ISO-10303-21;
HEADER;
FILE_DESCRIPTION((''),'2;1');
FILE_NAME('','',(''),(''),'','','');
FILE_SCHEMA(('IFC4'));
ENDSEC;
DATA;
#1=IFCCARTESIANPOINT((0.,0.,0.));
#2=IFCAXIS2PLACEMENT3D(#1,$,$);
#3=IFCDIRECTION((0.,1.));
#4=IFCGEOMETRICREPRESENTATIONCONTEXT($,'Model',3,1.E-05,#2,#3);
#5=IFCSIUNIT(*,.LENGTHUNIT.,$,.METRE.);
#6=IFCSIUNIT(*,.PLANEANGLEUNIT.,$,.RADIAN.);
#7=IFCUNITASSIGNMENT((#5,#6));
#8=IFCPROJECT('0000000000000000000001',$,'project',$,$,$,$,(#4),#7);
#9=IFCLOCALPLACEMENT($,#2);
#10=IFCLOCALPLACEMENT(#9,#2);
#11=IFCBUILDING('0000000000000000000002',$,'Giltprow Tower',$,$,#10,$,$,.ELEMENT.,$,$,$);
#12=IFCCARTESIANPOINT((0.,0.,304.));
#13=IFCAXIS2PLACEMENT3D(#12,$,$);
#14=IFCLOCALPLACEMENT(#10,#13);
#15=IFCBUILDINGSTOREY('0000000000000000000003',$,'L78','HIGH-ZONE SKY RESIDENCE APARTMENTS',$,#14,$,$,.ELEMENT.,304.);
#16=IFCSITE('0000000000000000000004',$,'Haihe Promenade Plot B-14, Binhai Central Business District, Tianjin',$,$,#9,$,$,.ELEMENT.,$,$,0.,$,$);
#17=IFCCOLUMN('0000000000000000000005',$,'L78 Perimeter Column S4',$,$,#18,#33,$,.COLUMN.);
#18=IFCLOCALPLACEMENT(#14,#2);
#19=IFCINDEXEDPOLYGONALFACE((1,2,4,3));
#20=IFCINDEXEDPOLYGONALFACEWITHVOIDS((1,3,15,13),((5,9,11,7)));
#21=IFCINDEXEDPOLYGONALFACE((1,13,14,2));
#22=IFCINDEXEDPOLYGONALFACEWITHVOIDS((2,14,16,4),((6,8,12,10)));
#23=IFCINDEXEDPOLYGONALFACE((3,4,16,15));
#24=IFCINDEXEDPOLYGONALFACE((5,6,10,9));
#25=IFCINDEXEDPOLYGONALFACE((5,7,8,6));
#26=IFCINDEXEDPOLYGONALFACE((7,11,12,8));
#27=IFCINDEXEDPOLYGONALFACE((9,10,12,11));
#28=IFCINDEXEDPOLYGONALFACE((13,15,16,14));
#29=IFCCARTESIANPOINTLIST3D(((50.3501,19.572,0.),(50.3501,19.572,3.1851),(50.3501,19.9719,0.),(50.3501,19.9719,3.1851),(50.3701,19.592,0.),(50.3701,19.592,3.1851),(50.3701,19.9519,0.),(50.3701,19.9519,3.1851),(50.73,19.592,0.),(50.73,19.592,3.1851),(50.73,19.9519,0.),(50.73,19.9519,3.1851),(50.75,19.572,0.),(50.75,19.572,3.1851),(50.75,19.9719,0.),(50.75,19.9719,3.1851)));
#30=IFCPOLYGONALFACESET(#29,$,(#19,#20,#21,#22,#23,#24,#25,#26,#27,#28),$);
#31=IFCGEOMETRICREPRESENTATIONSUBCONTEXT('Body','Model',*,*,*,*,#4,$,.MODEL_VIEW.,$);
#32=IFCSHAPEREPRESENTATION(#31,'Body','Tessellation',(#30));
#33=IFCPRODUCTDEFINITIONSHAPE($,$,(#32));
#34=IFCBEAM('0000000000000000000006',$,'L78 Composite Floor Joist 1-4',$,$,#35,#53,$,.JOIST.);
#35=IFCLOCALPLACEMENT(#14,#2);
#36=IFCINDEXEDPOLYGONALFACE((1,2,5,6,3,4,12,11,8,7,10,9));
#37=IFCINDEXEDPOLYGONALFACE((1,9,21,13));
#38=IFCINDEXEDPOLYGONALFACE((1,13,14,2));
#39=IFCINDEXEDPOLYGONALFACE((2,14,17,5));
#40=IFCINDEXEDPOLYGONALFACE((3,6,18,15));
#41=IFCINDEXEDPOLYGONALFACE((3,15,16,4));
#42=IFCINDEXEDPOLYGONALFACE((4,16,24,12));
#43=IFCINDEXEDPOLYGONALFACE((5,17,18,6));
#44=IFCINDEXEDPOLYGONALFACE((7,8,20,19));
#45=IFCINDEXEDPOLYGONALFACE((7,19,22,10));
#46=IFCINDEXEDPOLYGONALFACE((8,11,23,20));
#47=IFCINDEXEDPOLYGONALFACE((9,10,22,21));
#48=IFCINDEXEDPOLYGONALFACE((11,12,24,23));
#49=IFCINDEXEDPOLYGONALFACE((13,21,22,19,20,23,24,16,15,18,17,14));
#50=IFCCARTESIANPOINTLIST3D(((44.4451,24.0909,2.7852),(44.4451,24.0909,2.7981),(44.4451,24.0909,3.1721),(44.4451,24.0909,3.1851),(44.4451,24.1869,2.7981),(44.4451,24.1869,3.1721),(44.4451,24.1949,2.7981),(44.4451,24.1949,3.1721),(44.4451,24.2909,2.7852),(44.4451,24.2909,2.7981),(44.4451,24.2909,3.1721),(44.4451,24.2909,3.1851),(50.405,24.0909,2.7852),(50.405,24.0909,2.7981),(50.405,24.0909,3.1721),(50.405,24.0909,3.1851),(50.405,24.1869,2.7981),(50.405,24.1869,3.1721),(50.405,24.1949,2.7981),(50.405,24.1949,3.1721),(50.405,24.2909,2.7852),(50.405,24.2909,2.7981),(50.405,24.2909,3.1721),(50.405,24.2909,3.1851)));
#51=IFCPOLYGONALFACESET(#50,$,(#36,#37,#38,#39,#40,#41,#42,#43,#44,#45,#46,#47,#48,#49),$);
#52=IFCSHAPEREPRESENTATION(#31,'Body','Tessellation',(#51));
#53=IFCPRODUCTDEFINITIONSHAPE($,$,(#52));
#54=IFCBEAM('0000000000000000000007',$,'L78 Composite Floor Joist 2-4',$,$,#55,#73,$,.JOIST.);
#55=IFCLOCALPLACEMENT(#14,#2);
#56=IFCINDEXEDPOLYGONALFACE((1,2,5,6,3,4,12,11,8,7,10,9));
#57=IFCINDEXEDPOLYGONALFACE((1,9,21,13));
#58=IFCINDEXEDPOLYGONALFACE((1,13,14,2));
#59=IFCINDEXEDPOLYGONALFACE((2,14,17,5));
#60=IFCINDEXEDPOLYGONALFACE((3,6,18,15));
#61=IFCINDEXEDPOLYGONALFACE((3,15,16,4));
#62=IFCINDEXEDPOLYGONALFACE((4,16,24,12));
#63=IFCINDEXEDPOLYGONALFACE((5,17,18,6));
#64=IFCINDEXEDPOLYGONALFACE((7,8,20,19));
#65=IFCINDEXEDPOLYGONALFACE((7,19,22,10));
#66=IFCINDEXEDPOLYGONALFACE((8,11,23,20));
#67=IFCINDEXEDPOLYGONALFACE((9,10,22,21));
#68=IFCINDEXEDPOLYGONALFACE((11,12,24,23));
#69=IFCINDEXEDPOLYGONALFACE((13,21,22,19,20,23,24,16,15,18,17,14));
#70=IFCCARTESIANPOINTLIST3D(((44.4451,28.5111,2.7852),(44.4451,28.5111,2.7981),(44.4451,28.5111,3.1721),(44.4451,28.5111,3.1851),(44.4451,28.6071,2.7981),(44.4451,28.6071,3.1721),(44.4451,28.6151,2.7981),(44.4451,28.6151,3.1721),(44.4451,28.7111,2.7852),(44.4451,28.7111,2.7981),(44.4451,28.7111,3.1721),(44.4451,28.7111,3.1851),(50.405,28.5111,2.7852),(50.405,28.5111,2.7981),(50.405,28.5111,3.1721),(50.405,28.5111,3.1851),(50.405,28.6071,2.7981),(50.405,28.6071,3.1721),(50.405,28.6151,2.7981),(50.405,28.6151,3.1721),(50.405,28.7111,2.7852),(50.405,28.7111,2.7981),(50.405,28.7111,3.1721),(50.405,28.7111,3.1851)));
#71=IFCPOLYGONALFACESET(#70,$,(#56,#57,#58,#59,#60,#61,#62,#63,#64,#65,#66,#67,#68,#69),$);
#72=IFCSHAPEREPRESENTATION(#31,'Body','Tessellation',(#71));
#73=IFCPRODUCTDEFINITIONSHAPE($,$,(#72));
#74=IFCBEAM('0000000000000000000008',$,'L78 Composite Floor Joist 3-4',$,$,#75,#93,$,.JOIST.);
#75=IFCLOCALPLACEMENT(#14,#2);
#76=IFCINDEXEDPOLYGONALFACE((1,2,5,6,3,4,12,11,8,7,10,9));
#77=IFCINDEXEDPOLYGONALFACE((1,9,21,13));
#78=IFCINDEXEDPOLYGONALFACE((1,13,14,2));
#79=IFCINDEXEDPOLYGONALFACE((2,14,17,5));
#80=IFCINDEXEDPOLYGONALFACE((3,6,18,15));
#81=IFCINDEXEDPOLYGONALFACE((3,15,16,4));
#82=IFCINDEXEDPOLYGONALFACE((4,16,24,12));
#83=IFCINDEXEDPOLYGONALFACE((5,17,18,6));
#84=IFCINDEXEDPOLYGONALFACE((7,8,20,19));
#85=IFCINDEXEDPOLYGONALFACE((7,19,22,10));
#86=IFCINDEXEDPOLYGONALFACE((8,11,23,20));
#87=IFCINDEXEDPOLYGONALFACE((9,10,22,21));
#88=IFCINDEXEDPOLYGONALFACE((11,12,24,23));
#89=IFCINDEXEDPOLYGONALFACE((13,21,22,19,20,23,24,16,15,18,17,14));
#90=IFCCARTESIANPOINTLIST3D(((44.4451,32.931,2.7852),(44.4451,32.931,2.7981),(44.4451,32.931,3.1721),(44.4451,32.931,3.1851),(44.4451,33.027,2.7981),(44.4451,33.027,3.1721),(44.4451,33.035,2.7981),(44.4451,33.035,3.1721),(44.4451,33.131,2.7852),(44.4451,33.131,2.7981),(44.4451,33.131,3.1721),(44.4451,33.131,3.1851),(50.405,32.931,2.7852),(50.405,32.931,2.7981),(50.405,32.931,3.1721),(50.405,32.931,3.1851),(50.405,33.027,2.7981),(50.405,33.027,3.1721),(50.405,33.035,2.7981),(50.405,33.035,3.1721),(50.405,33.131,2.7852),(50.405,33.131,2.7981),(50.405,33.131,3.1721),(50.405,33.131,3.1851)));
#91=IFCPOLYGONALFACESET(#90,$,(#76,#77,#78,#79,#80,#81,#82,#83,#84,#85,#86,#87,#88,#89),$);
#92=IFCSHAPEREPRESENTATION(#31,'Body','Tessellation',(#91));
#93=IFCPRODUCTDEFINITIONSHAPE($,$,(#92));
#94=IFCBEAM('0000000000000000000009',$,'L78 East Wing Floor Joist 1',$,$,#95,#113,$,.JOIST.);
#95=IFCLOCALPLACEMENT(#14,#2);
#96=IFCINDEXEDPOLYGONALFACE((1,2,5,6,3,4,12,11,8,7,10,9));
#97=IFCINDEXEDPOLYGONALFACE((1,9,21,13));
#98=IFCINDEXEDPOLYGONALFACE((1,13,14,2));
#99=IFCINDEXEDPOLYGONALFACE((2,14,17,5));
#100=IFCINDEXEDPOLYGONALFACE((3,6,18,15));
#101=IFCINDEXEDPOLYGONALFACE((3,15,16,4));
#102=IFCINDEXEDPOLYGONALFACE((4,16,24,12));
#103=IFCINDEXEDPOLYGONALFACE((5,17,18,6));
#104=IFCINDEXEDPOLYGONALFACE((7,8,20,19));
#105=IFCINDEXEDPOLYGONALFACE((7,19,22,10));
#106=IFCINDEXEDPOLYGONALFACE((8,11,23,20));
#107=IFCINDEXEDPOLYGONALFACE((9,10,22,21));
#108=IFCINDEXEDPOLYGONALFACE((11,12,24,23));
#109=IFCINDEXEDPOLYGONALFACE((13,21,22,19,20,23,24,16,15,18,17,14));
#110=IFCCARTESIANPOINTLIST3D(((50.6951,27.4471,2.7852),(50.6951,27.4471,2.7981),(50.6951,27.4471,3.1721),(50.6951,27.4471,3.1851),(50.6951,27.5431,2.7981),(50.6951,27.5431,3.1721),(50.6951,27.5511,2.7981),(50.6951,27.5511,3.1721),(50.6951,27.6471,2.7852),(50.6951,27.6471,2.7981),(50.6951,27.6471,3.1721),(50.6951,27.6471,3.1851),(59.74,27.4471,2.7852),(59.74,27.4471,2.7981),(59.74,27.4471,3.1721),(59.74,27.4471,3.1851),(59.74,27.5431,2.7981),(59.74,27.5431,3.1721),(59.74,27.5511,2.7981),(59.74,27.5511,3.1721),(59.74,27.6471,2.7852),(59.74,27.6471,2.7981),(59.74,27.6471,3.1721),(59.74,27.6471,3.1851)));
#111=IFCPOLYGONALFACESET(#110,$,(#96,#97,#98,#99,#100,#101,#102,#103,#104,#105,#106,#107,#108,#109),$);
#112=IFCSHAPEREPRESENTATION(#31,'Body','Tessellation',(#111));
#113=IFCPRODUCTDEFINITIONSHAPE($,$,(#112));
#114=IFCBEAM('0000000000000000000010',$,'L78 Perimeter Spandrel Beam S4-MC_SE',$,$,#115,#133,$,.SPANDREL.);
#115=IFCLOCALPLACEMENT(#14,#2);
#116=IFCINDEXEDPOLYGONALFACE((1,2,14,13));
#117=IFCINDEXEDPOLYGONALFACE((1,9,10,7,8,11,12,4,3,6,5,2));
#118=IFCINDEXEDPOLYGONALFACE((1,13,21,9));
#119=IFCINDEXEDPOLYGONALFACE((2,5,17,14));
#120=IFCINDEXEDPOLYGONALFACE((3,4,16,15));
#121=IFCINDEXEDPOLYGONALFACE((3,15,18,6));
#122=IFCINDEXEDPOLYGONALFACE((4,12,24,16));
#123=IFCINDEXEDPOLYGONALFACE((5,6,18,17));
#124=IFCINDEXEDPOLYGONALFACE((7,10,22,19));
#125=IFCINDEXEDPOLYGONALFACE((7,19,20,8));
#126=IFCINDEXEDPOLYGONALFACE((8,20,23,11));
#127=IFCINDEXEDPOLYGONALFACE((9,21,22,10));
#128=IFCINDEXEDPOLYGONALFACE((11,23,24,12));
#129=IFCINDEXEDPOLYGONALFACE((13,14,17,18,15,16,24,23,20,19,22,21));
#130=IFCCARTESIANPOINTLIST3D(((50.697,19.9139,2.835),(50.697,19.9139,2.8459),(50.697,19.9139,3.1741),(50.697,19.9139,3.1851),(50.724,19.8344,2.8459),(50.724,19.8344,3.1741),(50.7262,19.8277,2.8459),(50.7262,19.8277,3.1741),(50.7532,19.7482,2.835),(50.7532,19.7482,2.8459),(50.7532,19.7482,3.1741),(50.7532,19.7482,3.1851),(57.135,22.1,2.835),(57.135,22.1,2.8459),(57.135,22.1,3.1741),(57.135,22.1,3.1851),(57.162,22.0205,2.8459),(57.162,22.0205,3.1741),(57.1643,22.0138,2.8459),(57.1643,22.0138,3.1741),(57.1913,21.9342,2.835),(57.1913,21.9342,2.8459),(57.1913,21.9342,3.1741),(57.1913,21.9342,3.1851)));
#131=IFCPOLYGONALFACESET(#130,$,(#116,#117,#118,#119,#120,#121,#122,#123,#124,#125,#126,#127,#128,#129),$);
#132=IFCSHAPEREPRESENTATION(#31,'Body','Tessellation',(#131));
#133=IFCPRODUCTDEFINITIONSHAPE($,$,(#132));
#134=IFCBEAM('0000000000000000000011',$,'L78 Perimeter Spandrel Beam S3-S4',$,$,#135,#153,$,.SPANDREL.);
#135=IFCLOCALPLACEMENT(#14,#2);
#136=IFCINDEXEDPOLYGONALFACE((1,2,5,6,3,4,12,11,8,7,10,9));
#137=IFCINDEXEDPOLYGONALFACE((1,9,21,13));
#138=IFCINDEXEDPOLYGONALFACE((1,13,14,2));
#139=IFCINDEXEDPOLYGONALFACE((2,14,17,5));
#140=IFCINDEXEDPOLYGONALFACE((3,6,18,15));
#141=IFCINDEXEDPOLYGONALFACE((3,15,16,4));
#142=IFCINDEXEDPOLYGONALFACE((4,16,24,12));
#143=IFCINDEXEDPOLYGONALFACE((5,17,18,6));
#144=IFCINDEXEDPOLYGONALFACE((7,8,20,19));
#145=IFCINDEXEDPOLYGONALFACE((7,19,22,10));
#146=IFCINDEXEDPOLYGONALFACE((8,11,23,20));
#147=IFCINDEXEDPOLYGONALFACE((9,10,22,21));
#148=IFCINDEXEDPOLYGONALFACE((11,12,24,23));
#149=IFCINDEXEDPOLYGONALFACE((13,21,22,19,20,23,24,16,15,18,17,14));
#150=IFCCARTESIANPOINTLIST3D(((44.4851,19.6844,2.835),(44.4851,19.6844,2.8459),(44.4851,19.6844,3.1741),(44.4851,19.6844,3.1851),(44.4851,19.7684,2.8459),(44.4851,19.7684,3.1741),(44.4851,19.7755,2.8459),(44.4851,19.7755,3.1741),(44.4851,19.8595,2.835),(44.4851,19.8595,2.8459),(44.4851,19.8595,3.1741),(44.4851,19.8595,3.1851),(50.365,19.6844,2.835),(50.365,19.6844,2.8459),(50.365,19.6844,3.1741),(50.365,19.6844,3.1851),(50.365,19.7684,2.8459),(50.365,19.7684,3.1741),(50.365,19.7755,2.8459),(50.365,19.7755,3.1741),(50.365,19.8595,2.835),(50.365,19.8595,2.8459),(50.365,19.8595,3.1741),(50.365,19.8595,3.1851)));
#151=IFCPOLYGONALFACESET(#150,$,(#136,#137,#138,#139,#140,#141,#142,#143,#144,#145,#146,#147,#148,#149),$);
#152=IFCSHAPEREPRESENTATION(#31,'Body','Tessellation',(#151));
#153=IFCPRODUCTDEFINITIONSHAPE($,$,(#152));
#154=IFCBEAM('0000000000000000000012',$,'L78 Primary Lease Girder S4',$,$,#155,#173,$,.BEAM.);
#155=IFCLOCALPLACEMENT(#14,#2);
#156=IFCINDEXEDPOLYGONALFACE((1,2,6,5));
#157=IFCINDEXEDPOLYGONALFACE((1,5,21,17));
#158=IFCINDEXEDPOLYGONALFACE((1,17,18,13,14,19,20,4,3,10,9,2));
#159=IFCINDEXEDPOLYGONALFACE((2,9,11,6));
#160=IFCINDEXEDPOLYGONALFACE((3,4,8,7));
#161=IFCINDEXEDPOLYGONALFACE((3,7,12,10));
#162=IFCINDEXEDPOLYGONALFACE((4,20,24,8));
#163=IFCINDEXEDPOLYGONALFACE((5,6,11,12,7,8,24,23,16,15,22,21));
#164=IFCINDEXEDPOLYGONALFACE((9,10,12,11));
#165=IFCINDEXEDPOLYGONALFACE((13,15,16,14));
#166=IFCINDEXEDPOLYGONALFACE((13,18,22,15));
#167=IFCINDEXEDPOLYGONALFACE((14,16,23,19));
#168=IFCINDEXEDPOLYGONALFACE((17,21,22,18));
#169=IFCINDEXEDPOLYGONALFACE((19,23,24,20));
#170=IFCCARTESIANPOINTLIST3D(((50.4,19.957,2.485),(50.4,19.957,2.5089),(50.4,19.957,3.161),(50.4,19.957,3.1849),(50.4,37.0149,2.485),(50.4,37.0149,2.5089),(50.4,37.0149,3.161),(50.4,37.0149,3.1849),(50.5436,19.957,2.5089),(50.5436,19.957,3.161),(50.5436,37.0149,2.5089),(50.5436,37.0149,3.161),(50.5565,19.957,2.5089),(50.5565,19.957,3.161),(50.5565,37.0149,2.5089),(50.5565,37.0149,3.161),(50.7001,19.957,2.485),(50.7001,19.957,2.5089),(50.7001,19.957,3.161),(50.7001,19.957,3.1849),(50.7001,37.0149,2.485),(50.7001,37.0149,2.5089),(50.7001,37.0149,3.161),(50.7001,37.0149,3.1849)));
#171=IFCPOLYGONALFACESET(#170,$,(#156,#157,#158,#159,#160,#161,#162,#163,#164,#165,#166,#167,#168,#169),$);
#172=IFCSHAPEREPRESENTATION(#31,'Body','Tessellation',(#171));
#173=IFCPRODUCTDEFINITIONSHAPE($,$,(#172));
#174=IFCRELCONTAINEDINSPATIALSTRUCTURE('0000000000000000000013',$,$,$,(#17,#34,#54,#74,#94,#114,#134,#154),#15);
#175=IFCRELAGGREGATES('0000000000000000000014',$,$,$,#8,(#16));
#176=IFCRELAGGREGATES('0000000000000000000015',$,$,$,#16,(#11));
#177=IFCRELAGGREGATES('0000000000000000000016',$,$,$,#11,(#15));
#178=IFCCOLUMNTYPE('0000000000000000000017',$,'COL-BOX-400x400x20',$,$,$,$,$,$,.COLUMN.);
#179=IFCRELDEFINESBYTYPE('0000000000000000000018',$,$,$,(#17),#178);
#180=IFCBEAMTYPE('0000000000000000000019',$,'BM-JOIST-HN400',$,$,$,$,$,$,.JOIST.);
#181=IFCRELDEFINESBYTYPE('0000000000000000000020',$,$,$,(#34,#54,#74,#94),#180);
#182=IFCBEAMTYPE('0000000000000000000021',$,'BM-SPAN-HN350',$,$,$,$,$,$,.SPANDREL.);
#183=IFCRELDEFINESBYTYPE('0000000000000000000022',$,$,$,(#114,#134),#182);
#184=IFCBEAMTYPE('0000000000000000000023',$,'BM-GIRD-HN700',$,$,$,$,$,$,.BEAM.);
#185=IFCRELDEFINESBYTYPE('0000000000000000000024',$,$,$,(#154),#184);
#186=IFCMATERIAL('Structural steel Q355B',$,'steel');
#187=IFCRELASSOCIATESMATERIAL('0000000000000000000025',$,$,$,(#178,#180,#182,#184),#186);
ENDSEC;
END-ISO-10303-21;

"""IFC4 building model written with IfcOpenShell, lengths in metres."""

from ifc_helpers import new_model, si_unit, direction, frame, origin, origin_2d, place, context, subcontext, project, spatial, hollow_rectangle, i_section, extrude, source, transform, mapped, material, material_profile, profile_set, type_object, element, save


model = new_model("IFC4")

# Units and contexts
model_context = context("Model", 3, precision=1e-05, world=origin(), true_north=direction((0.0, 1.0)))
body_context = subcontext(model_context, "Body", "Model", "MODEL_VIEW")
ifc_project = project(units=[si_unit("LENGTHUNIT", "METRE"), si_unit("PLANEANGLEUNIT", "RADIAN")], contexts=[model_context])

# Site, building, storey
site_placement = place(None, origin())
site = spatial("IfcSite", under=ifc_project, at=site_placement, Name="Haihe Promenade Plot B-14, Binhai Central Business District, Tianjin", CompositionType="ELEMENT", RefElevation=0.0)
building_placement = place(site_placement, origin())
building = spatial("IfcBuilding", under=site, at=building_placement, Name="Giltprow Tower", CompositionType="ELEMENT")
storey_placement = place(building_placement, frame((0.0, 0.0, 304.0)))
storey = spatial("IfcBuildingStorey", under=building, at=storey_placement, Name="L78", Description="HIGH-ZONE SKY RESIDENCE APARTMENTS", CompositionType="ELEMENT", Elevation=304.0)

# Column
ifc_material_1 = material(Name="Structural steel Q355B", Category="steel")
ifc_material_profile_1 = material_profile(ifc_material_1, hollow_rectangle(XDim=0.3999, YDim=0.3999, WallThickness=0.02, at=origin_2d()), Name="BOX 400x400x20")
ifc_profile_set_1 = profile_set([ifc_material_profile_1], Name="Structural steel Q355B")
column_type = type_object("IfcColumnType", Name="COL-BOX-400x400x20", PredefinedType="COLUMN", material=ifc_profile_set_1)
shared_shape_1 = source(origin(), body_context, "Body", "SweptSolid", [
    extrude(hollow_rectangle(XDim=0.3999, YDim=0.3999, WallThickness=0.02, at=origin_2d()), origin(), (0.0, 0.0, 1.0), 3.1851),
])
column_placement = place(storey_placement, frame((50.55, 19.772, 0.0), z_axis=(0.0, 0.0, 1.0), x_axis=(1.0, 0.0, 0.0)))
element("IfcColumn", 1, at=column_placement, inside=storey, type_object=column_type, Name="L78 Perimeter Column S4", PredefinedType="COLUMN", context=body_context, shape_type="MappedRepresentation", body=[
    mapped(shared_shape_1, transform((0.0, 0.0, 0.0), x_axis=(1.0, 0.0, 0.0), y_axis=(0.0, 1.0, 0.0), z_axis=(0.0, 0.0, 1.0), scale=1.0)),
])

# Beams
ifc_material_profile_2 = material_profile(ifc_material_1, i_section(OverallWidth=0.2, OverallDepth=0.3999, WebThickness=0.0081, FlangeThickness=0.0129, at=origin_2d()), Name="HN 400x200x8x13")
ifc_profile_set_2 = profile_set([ifc_material_profile_2], Name="Structural steel Q355B")
beam_type_1 = type_object("IfcBeamType", Name="BM-JOIST-HN400", PredefinedType="JOIST", material=ifc_profile_set_2)
shared_shape_2 = source(origin(), body_context, "Body", "SweptSolid", [
    extrude(i_section(OverallWidth=0.2, OverallDepth=0.3999, WebThickness=0.0081, FlangeThickness=0.0129, at=origin_2d()), origin(), (0.0, 0.0, 1.0), 5.96),
])
for number, where, z_axis, x_axis, name in (
    (2, (44.4451, 24.1909, 2.9851), (1.0, 0.0, 0.0), (0.0, 1.0, 0.0), "L78 Composite Floor Joist 1-4"),
    (3, (44.4451, 28.6111, 2.9851), (1.0, 0.0, 0.0), (0.0, 1.0, 0.0), "L78 Composite Floor Joist 2-4"),
    (4, (44.4451, 33.031, 2.9851), (1.0, 0.0, 0.0), (0.0, 1.0, 0.0), "L78 Composite Floor Joist 3-4"),
):
    element("IfcBeam", number, at=place(storey_placement, frame(where, z_axis=z_axis, x_axis=x_axis)), inside=storey, type_object=beam_type_1, Name=name, PredefinedType="JOIST", context=body_context, shape_type="MappedRepresentation", body=[
        mapped(shared_shape_2, transform((0.0, 0.0, 0.0), x_axis=(1.0, 0.0, 0.0), y_axis=(0.0, 1.0, 0.0), z_axis=(0.0, 0.0, 1.0), scale=1.0)),
    ])
shared_shape_3 = source(origin(), body_context, "Body", "SweptSolid", [
    extrude(i_section(OverallWidth=0.2, OverallDepth=0.3999, WebThickness=0.0081, FlangeThickness=0.0129, at=origin_2d()), origin(), (0.0, 0.0, 1.0), 9.0449),
])
beam_1_placement = place(storey_placement, frame((50.6951, 27.5471, 2.9851), z_axis=(1.0, 0.0, 0.0), x_axis=(0.0, 1.0, 0.0)))
element("IfcBeam", 5, at=beam_1_placement, inside=storey, type_object=beam_type_1, Name="L78 East Wing Floor Joist 1", PredefinedType="JOIST", context=body_context, shape_type="MappedRepresentation", body=[
    mapped(shared_shape_3, transform((0.0, 0.0, 0.0), x_axis=(1.0, 0.0, 0.0), y_axis=(0.0, 1.0, 0.0), z_axis=(0.0, 0.0, 1.0), scale=1.0)),
])
ifc_material_profile_3 = material_profile(ifc_material_1, i_section(OverallWidth=0.175, OverallDepth=0.3501, WebThickness=0.0071, FlangeThickness=0.011, at=origin_2d()), Name="HN 350x175x7x11")
ifc_profile_set_3 = profile_set([ifc_material_profile_3], Name="Structural steel Q355B")
beam_type_2 = type_object("IfcBeamType", Name="BM-SPAN-HN350", PredefinedType="SPANDREL", material=ifc_profile_set_3)
shared_shape_4 = source(origin(), body_context, "Body", "SweptSolid", [
    extrude(i_section(OverallWidth=0.175, OverallDepth=0.3501, WebThickness=0.0071, FlangeThickness=0.011, at=origin_2d()), origin(), (0.0, 0.0, 1.0), 6.7991),
])
beam_2_placement = place(storey_placement, frame((50.7251, 19.8311, 3.01), z_axis=(0.946902, 0.321523, 0.0), x_axis=(-0.321523, 0.946902, 0.0)))
element("IfcBeam", 6, at=beam_2_placement, inside=storey, type_object=beam_type_2, Name="L78 Perimeter Spandrel Beam S4-MC_SE", PredefinedType="SPANDREL", context=body_context, shape_type="MappedRepresentation", body=[
    mapped(shared_shape_4, transform((0.0, 0.0, 0.0), x_axis=(1.0, 0.0, 0.0), y_axis=(0.0, 1.0, 0.0), z_axis=(0.0, 0.0, 1.0), scale=1.0)),
])
shared_shape_5 = source(origin(), body_context, "Body", "SweptSolid", [
    extrude(i_section(OverallWidth=0.175, OverallDepth=0.3501, WebThickness=0.0071, FlangeThickness=0.011, at=origin_2d()), origin(), (0.0, 0.0, 1.0), 5.8799),
])
beam_3_placement = place(storey_placement, frame((44.4851, 19.772, 3.01), z_axis=(1.0, 0.0, 0.0), x_axis=(0.0, 1.0, 0.0)))
element("IfcBeam", 7, at=beam_3_placement, inside=storey, type_object=beam_type_2, Name="L78 Perimeter Spandrel Beam S3-S4", PredefinedType="SPANDREL", context=body_context, shape_type="MappedRepresentation", body=[
    mapped(shared_shape_5, transform((0.0, 0.0, 0.0), x_axis=(1.0, 0.0, 0.0), y_axis=(0.0, 1.0, 0.0), z_axis=(0.0, 0.0, 1.0), scale=1.0)),
])
ifc_material_profile_4 = material_profile(ifc_material_1, i_section(OverallWidth=0.3, OverallDepth=0.7, WebThickness=0.0129, FlangeThickness=0.0239, at=origin_2d()), Name="HN 700x300x13x24")
ifc_profile_set_4 = profile_set([ifc_material_profile_4], Name="Structural steel Q355B")
beam_type_3 = type_object("IfcBeamType", Name="BM-GIRD-HN700", PredefinedType="BEAM", material=ifc_profile_set_4)
shared_shape_6 = source(origin(), body_context, "Body", "SweptSolid", [
    extrude(i_section(OverallWidth=0.3, OverallDepth=0.7, WebThickness=0.0129, FlangeThickness=0.0239, at=origin_2d()), origin(), (0.0, 0.0, 1.0), 17.0579),
])
beam_4_placement = place(storey_placement, frame((50.55, 19.957, 2.835), z_axis=(0.0, 1.0, 0.0), x_axis=(-1.0, 0.0, 0.0)))
element("IfcBeam", 8, at=beam_4_placement, inside=storey, type_object=beam_type_3, Name="L78 Primary Lease Girder S4", PredefinedType="BEAM", context=body_context, shape_type="MappedRepresentation", body=[
    mapped(shared_shape_6, transform((0.0, 0.0, 0.0), x_axis=(1.0, 0.0, 0.0), y_axis=(0.0, 1.0, 0.0), z_axis=(0.0, 0.0, 1.0), scale=1.0)),
])

save(model, "model.ifc")
